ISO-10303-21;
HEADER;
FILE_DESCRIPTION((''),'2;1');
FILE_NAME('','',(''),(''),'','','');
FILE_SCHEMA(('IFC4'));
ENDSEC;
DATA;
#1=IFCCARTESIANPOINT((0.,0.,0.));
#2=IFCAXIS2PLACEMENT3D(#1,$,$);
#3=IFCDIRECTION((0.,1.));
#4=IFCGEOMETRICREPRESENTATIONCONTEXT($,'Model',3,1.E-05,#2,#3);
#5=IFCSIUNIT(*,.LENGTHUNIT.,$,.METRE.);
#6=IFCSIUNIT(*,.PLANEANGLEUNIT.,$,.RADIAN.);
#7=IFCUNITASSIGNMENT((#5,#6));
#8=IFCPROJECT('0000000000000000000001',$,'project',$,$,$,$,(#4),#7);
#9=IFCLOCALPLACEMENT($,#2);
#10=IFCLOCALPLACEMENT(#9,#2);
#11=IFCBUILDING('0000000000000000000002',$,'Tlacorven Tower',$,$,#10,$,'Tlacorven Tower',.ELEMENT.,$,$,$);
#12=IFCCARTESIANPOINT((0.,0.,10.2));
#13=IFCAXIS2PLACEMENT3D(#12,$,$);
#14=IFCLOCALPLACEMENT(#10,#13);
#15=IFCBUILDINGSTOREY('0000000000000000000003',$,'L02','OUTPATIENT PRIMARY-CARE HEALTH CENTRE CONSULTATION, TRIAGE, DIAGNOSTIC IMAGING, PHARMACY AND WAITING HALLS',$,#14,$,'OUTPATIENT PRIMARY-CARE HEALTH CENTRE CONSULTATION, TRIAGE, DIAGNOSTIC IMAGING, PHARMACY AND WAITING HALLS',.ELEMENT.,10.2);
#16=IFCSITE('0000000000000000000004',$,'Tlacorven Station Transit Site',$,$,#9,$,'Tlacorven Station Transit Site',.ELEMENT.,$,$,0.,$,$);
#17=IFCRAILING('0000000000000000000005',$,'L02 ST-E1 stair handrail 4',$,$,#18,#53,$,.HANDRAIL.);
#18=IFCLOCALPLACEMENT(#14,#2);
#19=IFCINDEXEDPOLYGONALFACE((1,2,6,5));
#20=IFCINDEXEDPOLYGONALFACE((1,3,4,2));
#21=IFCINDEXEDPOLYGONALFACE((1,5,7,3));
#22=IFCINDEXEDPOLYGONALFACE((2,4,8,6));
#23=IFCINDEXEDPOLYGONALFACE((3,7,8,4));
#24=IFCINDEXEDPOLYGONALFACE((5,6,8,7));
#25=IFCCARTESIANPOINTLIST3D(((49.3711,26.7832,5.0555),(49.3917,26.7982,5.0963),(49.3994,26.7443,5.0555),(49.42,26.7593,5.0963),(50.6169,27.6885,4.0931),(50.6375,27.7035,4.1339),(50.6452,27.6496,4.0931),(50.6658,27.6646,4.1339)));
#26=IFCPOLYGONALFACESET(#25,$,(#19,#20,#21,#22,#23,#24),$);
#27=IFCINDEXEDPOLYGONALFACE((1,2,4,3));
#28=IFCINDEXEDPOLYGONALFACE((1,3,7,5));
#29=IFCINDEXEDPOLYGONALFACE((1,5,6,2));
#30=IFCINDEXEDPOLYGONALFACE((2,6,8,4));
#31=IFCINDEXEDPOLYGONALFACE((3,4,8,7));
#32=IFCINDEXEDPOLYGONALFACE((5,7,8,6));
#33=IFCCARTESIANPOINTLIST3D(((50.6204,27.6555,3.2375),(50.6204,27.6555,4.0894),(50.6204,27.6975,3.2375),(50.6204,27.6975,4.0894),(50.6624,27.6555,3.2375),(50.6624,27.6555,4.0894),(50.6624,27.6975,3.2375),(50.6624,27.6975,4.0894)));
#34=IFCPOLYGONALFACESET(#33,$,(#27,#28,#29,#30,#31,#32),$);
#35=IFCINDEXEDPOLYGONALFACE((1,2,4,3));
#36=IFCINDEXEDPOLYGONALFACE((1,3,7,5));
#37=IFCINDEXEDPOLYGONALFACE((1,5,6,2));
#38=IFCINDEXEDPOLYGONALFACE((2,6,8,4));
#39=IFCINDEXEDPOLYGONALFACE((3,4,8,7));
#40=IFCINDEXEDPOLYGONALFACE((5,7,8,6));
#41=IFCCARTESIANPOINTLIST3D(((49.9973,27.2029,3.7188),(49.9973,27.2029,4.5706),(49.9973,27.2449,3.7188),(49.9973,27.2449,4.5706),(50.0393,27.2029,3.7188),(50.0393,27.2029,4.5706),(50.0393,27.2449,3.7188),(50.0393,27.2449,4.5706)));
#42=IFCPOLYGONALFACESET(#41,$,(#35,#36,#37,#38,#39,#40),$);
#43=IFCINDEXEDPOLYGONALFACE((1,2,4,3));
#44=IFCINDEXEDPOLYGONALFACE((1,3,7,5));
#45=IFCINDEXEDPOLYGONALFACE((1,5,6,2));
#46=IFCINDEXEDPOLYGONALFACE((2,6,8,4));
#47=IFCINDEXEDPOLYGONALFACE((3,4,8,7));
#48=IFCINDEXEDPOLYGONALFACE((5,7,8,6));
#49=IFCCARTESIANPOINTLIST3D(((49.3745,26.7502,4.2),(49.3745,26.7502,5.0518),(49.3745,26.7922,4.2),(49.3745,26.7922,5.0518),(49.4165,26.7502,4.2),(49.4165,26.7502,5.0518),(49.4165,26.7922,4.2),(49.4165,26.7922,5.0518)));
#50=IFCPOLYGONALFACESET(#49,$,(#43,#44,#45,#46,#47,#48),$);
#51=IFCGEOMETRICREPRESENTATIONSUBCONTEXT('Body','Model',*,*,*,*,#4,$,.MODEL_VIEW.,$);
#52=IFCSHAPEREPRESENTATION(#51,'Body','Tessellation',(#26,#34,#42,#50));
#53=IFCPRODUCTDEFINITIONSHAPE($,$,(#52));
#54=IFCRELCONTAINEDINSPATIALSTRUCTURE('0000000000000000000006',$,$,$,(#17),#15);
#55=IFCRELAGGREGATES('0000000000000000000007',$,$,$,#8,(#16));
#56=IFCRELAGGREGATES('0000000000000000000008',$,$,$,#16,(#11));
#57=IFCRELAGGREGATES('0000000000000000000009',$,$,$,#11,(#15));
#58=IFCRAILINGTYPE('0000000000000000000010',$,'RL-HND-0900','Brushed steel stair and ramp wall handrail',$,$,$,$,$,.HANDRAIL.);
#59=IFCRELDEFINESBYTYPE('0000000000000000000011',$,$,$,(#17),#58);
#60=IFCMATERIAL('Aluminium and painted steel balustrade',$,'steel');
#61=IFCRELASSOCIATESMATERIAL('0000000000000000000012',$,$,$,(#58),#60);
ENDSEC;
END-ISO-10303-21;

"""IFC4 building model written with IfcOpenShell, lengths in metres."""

from ifc_helpers import new_model, si_unit, direction, frame, origin, origin_2d, place, context, subcontext, project, spatial, rectangle, extrude, source, transform, mapped, material, type_object, element, save


model = new_model("IFC4")

# Units and contexts
model_context = context("Model", 3, precision=1e-05, world=origin(), true_north=direction((0.0, 1.0)))
body_context = subcontext(model_context, "Body", "Model", "MODEL_VIEW")
ifc_project = project(units=[si_unit("LENGTHUNIT", "METRE"), si_unit("PLANEANGLEUNIT", "RADIAN")], contexts=[model_context])

# Site, building, storey
site_placement = place(None, origin())
site = spatial("IfcSite", under=ifc_project, at=site_placement, Name="Tlacorven Station Transit Site", LongName="Tlacorven Station Transit Site", CompositionType="ELEMENT", RefElevation=0.0)
building_placement = place(site_placement, origin())
building = spatial("IfcBuilding", under=site, at=building_placement, Name="Tlacorven Tower", LongName="Tlacorven Tower", CompositionType="ELEMENT")
storey_placement = place(building_placement, frame((0.0, 0.0, 10.2)))
storey = spatial("IfcBuildingStorey", under=building, at=storey_placement, Name="L02", Description="OUTPATIENT PRIMARY-CARE HEALTH CENTRE CONSULTATION, TRIAGE, DIAGNOSTIC IMAGING, PHARMACY AND WAITING HALLS", LongName="OUTPATIENT PRIMARY-CARE HEALTH CENTRE CONSULTATION, TRIAGE, DIAGNOSTIC IMAGING, PHARMACY AND WAITING HALLS", CompositionType="ELEMENT", Elevation=10.2)

# Railing
ifc_material_1 = material(Name="Aluminium and painted steel balustrade", Category="steel")
railing_type_1 = type_object("IfcRailingType", Name="RL-HND-0900", Description="Brushed steel stair and ramp wall handrail", PredefinedType="HANDRAIL", material=ifc_material_1)
shared_shape_1 = source(origin(), body_context, "Body", "SweptSolid", [
    extrude(rectangle(XDim=0.0481, YDim=0.0481, at=origin_2d()), frame((0.0, 0.0, 0.876), z_axis=(-0.686038, -0.498497, 0.529955), x_axis=(0.587832, -0.808983, 0.0)), (0.0, 0.0, 1.0), 1.8159),
    extrude(rectangle(XDim=0.042, YDim=0.042, at=origin_2d()), origin(), (0.0, 0.0, 1.0), 0.8518),
    extrude(rectangle(XDim=0.042, YDim=0.042, at=origin_2d()), frame((-0.623, -0.4526, 0.4812)), (0.0, 0.0, 1.0), 0.8518),
    extrude(rectangle(XDim=0.042, YDim=0.042, at=origin_2d()), frame((-1.2458, -0.9053, 0.9624)), (0.0, 0.0, 1.0), 0.8518),
])
railing_1_placement = place(storey_placement, frame((50.6414, 27.6765, 3.2375)))
element("IfcRailing", 1, at=railing_1_placement, inside=storey, type_object=railing_type_1, Name="L02 ST-E1 stair handrail 4", PredefinedType="HANDRAIL", context=body_context, shape_type="MappedRepresentation", body=[
    mapped(shared_shape_1, transform((0.0, 0.0, 0.0), scale=1.0)),
])

save(model, "model.ifc")
